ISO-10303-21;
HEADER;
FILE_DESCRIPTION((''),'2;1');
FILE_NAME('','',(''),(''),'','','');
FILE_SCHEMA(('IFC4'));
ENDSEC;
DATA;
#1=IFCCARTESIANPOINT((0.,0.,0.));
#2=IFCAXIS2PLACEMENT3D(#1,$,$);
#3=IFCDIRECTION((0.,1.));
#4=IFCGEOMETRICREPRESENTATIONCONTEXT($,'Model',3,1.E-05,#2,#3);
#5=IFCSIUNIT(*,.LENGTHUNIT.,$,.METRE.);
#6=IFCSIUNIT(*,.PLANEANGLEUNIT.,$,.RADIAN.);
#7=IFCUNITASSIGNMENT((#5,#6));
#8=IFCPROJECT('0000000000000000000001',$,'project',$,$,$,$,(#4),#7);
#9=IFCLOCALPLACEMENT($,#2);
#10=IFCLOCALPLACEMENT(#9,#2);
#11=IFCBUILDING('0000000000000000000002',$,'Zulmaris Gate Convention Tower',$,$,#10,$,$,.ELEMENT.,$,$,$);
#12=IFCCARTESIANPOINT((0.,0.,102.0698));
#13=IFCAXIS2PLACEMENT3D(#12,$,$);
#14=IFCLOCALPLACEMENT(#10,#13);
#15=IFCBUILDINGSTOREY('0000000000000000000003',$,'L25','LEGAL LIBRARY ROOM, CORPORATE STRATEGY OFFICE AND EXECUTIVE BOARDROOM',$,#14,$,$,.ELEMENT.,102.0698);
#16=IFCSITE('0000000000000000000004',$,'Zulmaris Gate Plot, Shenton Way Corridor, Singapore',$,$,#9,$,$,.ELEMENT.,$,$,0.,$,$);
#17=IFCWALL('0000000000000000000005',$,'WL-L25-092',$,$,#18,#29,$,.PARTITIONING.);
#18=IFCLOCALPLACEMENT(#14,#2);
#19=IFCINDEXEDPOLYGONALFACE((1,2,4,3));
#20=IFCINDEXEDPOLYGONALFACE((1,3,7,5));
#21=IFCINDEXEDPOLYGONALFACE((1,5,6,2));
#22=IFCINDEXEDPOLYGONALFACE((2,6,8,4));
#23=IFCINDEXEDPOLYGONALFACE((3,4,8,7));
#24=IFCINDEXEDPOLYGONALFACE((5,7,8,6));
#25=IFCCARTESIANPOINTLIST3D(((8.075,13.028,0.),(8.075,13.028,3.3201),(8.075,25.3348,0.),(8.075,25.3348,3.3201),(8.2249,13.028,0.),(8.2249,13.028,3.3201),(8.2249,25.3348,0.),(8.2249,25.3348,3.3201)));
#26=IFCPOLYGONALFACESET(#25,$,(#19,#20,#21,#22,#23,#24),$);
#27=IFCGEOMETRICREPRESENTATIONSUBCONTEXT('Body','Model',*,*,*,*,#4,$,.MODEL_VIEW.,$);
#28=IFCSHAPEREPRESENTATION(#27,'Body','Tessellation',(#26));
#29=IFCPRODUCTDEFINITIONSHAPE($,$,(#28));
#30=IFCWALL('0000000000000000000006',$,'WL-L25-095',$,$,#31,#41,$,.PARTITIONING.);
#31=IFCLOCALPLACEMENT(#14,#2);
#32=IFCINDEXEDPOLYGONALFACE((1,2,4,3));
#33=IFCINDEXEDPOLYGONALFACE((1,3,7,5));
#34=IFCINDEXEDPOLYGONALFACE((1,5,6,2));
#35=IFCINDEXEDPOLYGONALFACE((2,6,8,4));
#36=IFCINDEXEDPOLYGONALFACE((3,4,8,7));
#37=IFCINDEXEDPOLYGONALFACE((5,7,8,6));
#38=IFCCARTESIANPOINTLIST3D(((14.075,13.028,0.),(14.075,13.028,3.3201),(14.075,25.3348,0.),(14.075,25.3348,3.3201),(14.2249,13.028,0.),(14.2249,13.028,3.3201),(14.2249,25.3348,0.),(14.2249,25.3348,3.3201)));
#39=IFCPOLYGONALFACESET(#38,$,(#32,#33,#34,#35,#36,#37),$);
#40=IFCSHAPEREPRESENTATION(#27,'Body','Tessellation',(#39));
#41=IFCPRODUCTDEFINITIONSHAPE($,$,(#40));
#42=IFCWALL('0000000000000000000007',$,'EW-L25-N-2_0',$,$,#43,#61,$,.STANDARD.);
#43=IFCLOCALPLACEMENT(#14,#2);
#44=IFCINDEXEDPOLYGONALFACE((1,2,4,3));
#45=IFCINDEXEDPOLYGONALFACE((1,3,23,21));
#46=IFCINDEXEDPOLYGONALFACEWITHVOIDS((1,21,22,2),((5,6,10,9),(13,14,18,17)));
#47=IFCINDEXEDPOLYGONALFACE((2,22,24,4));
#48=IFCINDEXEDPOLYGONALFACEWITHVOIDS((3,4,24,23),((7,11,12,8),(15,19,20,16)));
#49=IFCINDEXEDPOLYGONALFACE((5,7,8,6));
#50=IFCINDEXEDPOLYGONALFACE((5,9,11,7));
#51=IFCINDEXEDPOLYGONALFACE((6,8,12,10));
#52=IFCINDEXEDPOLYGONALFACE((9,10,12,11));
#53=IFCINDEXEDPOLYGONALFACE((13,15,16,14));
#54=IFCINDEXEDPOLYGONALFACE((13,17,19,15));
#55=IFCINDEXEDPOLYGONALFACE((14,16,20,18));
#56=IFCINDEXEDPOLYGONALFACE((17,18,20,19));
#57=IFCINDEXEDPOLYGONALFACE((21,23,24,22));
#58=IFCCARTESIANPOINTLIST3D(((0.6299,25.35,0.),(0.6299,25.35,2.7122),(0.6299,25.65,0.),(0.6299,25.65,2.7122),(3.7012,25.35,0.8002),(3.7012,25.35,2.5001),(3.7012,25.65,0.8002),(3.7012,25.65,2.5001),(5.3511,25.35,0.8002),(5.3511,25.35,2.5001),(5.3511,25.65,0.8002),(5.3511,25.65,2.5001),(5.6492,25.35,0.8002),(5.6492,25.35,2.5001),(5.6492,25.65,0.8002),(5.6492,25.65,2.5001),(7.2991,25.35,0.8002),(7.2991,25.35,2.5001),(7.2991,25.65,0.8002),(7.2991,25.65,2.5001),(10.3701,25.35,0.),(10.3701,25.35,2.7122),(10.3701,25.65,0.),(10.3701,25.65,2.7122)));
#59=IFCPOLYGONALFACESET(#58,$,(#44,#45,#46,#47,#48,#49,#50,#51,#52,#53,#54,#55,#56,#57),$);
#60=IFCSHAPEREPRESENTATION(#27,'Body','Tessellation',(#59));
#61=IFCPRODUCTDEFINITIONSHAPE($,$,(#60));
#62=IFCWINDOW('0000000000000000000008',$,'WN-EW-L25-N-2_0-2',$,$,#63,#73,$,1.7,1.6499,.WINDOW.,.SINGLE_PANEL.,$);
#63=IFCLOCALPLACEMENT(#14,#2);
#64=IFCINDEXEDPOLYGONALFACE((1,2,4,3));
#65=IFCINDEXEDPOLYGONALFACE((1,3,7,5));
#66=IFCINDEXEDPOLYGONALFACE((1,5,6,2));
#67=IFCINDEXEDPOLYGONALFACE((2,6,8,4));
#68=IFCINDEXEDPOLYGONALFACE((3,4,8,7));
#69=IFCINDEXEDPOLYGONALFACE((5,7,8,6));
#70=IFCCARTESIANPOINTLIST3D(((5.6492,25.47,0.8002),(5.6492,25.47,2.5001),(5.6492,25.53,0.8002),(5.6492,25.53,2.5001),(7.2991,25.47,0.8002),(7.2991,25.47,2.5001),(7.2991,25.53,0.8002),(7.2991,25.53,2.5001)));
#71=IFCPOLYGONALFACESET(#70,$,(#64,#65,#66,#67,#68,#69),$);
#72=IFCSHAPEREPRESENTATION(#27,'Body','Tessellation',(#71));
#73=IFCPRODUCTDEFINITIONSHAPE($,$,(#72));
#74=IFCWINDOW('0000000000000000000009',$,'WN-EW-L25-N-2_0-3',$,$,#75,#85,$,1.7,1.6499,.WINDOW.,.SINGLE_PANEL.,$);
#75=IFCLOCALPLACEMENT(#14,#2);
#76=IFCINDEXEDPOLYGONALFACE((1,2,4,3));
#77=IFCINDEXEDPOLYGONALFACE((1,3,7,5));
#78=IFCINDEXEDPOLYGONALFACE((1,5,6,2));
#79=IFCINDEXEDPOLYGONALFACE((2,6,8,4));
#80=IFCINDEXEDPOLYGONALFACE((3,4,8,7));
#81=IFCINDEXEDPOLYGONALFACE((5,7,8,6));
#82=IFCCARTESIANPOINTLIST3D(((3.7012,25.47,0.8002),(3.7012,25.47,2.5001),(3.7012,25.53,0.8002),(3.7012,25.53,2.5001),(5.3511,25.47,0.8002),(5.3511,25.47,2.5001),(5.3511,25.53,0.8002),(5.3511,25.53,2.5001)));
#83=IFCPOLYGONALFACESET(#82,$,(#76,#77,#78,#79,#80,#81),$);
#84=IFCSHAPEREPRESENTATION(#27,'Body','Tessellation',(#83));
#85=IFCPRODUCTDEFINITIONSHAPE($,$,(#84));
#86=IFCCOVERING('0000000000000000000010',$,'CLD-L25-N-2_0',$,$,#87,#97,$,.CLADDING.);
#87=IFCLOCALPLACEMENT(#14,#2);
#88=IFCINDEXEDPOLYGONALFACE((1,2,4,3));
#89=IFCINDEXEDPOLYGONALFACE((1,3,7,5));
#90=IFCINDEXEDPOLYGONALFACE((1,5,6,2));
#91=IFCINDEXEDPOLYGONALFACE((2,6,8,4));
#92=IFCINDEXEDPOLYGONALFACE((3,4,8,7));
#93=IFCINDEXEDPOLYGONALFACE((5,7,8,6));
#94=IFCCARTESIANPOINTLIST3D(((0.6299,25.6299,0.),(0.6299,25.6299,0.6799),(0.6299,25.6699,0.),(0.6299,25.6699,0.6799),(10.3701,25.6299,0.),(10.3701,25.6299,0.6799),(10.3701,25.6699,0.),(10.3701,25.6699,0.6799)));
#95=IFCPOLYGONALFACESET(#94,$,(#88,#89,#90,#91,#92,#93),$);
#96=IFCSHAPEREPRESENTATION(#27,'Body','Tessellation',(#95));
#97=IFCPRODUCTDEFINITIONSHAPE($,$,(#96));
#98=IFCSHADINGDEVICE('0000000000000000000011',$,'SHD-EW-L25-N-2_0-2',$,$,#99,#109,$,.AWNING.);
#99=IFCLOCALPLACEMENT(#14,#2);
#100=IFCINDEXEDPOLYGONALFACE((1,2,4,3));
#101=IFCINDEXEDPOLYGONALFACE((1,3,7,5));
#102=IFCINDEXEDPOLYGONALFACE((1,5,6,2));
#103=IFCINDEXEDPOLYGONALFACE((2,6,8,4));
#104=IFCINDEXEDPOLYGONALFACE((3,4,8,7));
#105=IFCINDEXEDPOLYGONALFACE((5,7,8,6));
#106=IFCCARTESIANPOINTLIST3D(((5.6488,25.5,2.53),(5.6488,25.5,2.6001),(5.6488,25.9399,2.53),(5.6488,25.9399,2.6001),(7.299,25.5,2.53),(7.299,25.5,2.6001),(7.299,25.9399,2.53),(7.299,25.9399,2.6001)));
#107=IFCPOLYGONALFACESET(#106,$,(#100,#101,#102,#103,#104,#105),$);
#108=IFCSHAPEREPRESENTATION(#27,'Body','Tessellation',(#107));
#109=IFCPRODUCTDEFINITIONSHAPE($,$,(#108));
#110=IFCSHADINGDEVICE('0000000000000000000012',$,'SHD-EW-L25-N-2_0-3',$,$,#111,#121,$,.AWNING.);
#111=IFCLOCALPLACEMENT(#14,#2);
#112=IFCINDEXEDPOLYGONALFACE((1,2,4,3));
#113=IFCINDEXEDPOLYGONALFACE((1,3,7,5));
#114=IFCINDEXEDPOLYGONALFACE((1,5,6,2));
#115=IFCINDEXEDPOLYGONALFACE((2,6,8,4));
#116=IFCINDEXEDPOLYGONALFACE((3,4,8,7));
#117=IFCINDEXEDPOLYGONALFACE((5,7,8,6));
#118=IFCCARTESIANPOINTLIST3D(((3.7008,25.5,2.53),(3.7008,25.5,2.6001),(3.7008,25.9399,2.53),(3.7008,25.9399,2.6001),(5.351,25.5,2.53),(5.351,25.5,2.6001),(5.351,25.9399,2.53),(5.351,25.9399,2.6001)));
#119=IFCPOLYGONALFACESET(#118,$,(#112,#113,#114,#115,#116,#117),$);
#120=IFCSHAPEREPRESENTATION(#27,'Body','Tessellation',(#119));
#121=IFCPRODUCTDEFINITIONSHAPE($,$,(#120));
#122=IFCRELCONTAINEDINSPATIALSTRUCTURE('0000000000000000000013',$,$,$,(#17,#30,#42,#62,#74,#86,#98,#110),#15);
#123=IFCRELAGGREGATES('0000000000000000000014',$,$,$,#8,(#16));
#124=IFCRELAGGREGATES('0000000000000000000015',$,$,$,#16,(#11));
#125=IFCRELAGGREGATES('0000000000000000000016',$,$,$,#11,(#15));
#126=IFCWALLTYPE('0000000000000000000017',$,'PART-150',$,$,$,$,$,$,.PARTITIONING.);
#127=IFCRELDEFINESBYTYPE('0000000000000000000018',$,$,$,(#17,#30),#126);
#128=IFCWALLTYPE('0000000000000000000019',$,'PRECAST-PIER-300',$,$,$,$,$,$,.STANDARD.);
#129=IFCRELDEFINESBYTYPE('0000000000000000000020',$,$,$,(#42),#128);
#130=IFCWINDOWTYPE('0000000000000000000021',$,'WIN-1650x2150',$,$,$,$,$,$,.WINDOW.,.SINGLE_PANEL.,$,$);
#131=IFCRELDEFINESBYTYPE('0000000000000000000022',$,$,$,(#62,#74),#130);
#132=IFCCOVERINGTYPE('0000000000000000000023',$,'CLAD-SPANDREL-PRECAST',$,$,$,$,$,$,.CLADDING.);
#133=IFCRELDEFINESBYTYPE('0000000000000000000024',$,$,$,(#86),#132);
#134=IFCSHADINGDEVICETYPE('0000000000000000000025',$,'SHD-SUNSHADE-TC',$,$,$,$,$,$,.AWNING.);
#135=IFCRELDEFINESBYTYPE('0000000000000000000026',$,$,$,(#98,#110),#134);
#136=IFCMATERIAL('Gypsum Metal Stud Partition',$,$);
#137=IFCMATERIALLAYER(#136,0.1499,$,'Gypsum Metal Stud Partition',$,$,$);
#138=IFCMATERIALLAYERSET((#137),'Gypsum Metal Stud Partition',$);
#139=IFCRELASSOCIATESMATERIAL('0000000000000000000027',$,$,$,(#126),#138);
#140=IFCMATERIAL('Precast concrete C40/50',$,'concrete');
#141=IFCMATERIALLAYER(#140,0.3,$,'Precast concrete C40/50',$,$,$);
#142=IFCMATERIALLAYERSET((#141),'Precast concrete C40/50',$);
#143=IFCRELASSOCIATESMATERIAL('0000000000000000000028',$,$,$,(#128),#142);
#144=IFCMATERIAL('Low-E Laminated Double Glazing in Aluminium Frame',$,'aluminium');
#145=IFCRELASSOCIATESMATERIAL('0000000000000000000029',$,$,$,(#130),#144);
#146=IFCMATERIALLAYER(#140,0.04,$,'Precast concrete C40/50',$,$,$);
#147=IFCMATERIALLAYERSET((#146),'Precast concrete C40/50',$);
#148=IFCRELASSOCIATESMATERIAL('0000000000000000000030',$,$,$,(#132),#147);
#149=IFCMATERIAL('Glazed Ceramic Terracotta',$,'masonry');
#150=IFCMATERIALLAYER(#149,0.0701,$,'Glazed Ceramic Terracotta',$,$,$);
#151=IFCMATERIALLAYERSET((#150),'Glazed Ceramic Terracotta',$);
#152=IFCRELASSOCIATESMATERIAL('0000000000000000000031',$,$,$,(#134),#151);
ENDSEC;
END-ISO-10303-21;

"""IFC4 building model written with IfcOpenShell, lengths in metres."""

from ifc_helpers import new_model, si_unit, direction, frame, frame_2d, origin, place, context, subcontext, project, spatial, rectangle, extrude, material, layer, layer_set, type_object, element, fill, save


model = new_model("IFC4")

# Units and contexts
model_context = context("Model", 3, precision=1e-05, world=origin(), true_north=direction((0.0, 1.0)))
body_context = subcontext(model_context, "Body", "Model", "MODEL_VIEW")
ifc_project = project(units=[si_unit("LENGTHUNIT", "METRE"), si_unit("PLANEANGLEUNIT", "RADIAN")], contexts=[model_context])

# Site, building, storey
site_placement = place(None, origin())
site = spatial("IfcSite", under=ifc_project, at=site_placement, Name="Zulmaris Gate Plot, Shenton Way Corridor, Singapore", CompositionType="ELEMENT", RefElevation=0.0)
building_placement = place(site_placement, origin())
building = spatial("IfcBuilding", under=site, at=building_placement, Name="Zulmaris Gate Convention Tower", CompositionType="ELEMENT")
storey_placement = place(building_placement, frame((0.0, 0.0, 102.0698)))
storey = spatial("IfcBuildingStorey", under=building, at=storey_placement, Name="L25", Description="LEGAL LIBRARY ROOM, CORPORATE STRATEGY OFFICE AND EXECUTIVE BOARDROOM", CompositionType="ELEMENT", Elevation=102.0698)

# Wall
ifc_material_1 = material(Name="Gypsum Metal Stud Partition")
ifc_layer_1 = layer(ifc_material_1, 0.1499, Name="Gypsum Metal Stud Partition")
ifc_layer_set_1 = layer_set([ifc_layer_1], Name="Gypsum Metal Stud Partition")
wall_type_1 = type_object("IfcWallType", Name="PART-150", PredefinedType="PARTITIONING", material=ifc_layer_set_1)
for number, where, z_axis, x_axis, name in (
    (1, (8.1499, 13.0281, 0.0), (0.0, 0.0, 1.0), (0.0, 1.0, 0.0), "WL-L25-092"),
):
    element("IfcWall", number, at=place(storey_placement, frame(where, z_axis=z_axis, x_axis=x_axis)), inside=storey, type_object=wall_type_1, Name=name, PredefinedType="PARTITIONING", context=body_context, shape_type="SweptSolid", body=[
        extrude(rectangle(XDim=12.3069, YDim=0.1499, at=frame_2d((6.1533, 0.0))), origin(), (0.0, 0.0, 1.0), 3.3201),
    ])

# Wall
wall_1_placement = place(storey_placement, frame((14.1499, 13.0281, 0.0), z_axis=(0.0, 0.0, 1.0), x_axis=(0.0, 1.0, 0.0)))
element("IfcWall", 2, at=wall_1_placement, inside=storey, type_object=wall_type_1, Name="WL-L25-095", PredefinedType="PARTITIONING", context=body_context, shape_type="SweptSolid", body=[
    extrude(rectangle(XDim=12.3069, YDim=0.1499, at=frame_2d((6.1533, 0.0))), origin(), (0.0, 0.0, 1.0), 3.3201),
])

# Wall, openings, windows
ifc_material_2 = material(Name="Precast concrete C40/50", Category="concrete")
ifc_layer_2 = layer(ifc_material_2, 0.3, Name="Precast concrete C40/50")
ifc_layer_set_2 = layer_set([ifc_layer_2], Name="Precast concrete C40/50")
wall_type_2 = type_object("IfcWallType", Name="PRECAST-PIER-300", PredefinedType="STANDARD", material=ifc_layer_set_2)
wall_2_placement = place(storey_placement, frame((10.3701, 25.5, 0.0), z_axis=(0.0, 0.0, 1.0), x_axis=(-1.0, 0.0, 0.0)))
wall_2 = element("IfcWall", 3, at=wall_2_placement, inside=storey, type_object=wall_type_2, Name="EW-L25-N-2_0", PredefinedType="STANDARD", context=body_context, shape_type="SweptSolid", body=[
    extrude(rectangle(XDim=9.7402, YDim=0.3, at=frame_2d((4.8701, 0.0))), origin(), (0.0, 0.0, 1.0), 2.7122),
])
opening_1_placement = place(wall_2_placement, frame((3.071, 0.0, 0.8)))
opening_1 = element("IfcOpeningElement", 4, at=opening_1_placement, cuts=wall_2, PredefinedType="OPENING", context=body_context, shape_type="SweptSolid", body=[
    extrude(rectangle(XDim=1.6499, YDim=1.7, at=frame_2d((0.825, 0.8501))), frame((0.0, 0.1602, 0.0), z_axis=(0.0, -1.0, 0.0), x_axis=(1.0, 0.0, 0.0)), (0.0, 0.0, 1.0), 0.3201),
])
opening_2_placement = place(wall_2_placement, frame((5.019, 0.0, 0.8)))
opening_2 = element("IfcOpeningElement", 5, at=opening_2_placement, cuts=wall_2, PredefinedType="OPENING", context=body_context, shape_type="SweptSolid", body=[
    extrude(rectangle(XDim=1.6499, YDim=1.7, at=frame_2d((0.825, 0.8501))), frame((0.0, 0.1602, 0.0), z_axis=(0.0, -1.0, 0.0), x_axis=(1.0, 0.0, 0.0)), (0.0, 0.0, 1.0), 0.3201),
])
ifc_material_3 = material(Name="Low-E Laminated Double Glazing in Aluminium Frame", Category="aluminium")
window_type = type_object("IfcWindowType", Name="WIN-1650x2150", PartitioningType="SINGLE_PANEL", PredefinedType="WINDOW", material=ifc_material_3)
window_1_placement = place(opening_1_placement, origin())
window_1 = element("IfcWindow", 6, at=window_1_placement, inside=storey, type_object=window_type, Name="WN-EW-L25-N-2_0-2", OverallHeight=1.7, OverallWidth=1.6499, PartitioningType="SINGLE_PANEL", PredefinedType="WINDOW", context=body_context, shape_type="SweptSolid", body=[
    extrude(rectangle(XDim=1.6499, YDim=1.7, at=frame_2d((0.825, 0.8501))), frame((0.0, 0.03, 0.0), z_axis=(0.0, -1.0, 0.0), x_axis=(1.0, 0.0, 0.0)), (0.0, 0.0, 1.0), 0.0601),
])
fill(opening_1, window_1)
window_2_placement = place(opening_2_placement, origin())
window_2 = element("IfcWindow", 7, at=window_2_placement, inside=storey, type_object=window_type, Name="WN-EW-L25-N-2_0-3", OverallHeight=1.7, OverallWidth=1.6499, PartitioningType="SINGLE_PANEL", PredefinedType="WINDOW", context=body_context, shape_type="SweptSolid", body=[
    extrude(rectangle(XDim=1.6499, YDim=1.7, at=frame_2d((0.825, 0.8501))), frame((0.0, 0.03, 0.0), z_axis=(0.0, -1.0, 0.0), x_axis=(1.0, 0.0, 0.0)), (0.0, 0.0, 1.0), 0.0601),
])
fill(opening_2, window_2)

# Covering
ifc_layer_3 = layer(ifc_material_2, 0.04, Name="Precast concrete C40/50")
ifc_layer_set_3 = layer_set([ifc_layer_3], Name="Precast concrete C40/50")
covering_type = type_object("IfcCoveringType", Name="CLAD-SPANDREL-PRECAST", PredefinedType="CLADDING", material=ifc_layer_set_3)
covering_placement = place(storey_placement, frame((10.3701, 25.6499, 0.0), z_axis=(0.0, 0.0, 1.0), x_axis=(-1.0, 0.0, 0.0)))
element("IfcCovering", 8, at=covering_placement, inside=storey, type_object=covering_type, Name="CLD-L25-N-2_0", PredefinedType="CLADDING", context=body_context, shape_type="SweptSolid", body=[
    extrude(rectangle(XDim=9.7402, YDim=0.04, at=frame_2d((4.8701, 0.0))), origin(), (0.0, 0.0, 1.0), 0.6799),
])

# Shading devices
ifc_material_4 = material(Name="Glazed Ceramic Terracotta", Category="masonry")
ifc_layer_4 = layer(ifc_material_4, 0.0701, Name="Glazed Ceramic Terracotta")
ifc_layer_set_4 = layer_set([ifc_layer_4], Name="Glazed Ceramic Terracotta")
shading_device_type = type_object("IfcShadingDeviceType", Name="SHD-SUNSHADE-TC", PredefinedType="AWNING", material=ifc_layer_set_4)
for number, where, z_axis, x_axis, name in (
    (9, (7.2991, 25.72, 2.53), (0.0, 0.0, 1.0), (-1.0, 0.0, 0.0), "SHD-EW-L25-N-2_0-2"),
    (10, (5.3511, 25.72, 2.53), (0.0, 0.0, 1.0), (-1.0, 0.0, 0.0), "SHD-EW-L25-N-2_0-3"),
):
    element("IfcShadingDevice", number, at=place(storey_placement, frame(where, z_axis=z_axis, x_axis=x_axis)), inside=storey, type_object=shading_device_type, Name=name, PredefinedType="AWNING", context=body_context, shape_type="SweptSolid", body=[
        extrude(rectangle(XDim=1.6501, YDim=0.4399, at=frame_2d((0.8252, 0.0))), origin(), (0.0, 0.0, 1.0), 0.0701),
    ])

save(model, "model.ifc")
